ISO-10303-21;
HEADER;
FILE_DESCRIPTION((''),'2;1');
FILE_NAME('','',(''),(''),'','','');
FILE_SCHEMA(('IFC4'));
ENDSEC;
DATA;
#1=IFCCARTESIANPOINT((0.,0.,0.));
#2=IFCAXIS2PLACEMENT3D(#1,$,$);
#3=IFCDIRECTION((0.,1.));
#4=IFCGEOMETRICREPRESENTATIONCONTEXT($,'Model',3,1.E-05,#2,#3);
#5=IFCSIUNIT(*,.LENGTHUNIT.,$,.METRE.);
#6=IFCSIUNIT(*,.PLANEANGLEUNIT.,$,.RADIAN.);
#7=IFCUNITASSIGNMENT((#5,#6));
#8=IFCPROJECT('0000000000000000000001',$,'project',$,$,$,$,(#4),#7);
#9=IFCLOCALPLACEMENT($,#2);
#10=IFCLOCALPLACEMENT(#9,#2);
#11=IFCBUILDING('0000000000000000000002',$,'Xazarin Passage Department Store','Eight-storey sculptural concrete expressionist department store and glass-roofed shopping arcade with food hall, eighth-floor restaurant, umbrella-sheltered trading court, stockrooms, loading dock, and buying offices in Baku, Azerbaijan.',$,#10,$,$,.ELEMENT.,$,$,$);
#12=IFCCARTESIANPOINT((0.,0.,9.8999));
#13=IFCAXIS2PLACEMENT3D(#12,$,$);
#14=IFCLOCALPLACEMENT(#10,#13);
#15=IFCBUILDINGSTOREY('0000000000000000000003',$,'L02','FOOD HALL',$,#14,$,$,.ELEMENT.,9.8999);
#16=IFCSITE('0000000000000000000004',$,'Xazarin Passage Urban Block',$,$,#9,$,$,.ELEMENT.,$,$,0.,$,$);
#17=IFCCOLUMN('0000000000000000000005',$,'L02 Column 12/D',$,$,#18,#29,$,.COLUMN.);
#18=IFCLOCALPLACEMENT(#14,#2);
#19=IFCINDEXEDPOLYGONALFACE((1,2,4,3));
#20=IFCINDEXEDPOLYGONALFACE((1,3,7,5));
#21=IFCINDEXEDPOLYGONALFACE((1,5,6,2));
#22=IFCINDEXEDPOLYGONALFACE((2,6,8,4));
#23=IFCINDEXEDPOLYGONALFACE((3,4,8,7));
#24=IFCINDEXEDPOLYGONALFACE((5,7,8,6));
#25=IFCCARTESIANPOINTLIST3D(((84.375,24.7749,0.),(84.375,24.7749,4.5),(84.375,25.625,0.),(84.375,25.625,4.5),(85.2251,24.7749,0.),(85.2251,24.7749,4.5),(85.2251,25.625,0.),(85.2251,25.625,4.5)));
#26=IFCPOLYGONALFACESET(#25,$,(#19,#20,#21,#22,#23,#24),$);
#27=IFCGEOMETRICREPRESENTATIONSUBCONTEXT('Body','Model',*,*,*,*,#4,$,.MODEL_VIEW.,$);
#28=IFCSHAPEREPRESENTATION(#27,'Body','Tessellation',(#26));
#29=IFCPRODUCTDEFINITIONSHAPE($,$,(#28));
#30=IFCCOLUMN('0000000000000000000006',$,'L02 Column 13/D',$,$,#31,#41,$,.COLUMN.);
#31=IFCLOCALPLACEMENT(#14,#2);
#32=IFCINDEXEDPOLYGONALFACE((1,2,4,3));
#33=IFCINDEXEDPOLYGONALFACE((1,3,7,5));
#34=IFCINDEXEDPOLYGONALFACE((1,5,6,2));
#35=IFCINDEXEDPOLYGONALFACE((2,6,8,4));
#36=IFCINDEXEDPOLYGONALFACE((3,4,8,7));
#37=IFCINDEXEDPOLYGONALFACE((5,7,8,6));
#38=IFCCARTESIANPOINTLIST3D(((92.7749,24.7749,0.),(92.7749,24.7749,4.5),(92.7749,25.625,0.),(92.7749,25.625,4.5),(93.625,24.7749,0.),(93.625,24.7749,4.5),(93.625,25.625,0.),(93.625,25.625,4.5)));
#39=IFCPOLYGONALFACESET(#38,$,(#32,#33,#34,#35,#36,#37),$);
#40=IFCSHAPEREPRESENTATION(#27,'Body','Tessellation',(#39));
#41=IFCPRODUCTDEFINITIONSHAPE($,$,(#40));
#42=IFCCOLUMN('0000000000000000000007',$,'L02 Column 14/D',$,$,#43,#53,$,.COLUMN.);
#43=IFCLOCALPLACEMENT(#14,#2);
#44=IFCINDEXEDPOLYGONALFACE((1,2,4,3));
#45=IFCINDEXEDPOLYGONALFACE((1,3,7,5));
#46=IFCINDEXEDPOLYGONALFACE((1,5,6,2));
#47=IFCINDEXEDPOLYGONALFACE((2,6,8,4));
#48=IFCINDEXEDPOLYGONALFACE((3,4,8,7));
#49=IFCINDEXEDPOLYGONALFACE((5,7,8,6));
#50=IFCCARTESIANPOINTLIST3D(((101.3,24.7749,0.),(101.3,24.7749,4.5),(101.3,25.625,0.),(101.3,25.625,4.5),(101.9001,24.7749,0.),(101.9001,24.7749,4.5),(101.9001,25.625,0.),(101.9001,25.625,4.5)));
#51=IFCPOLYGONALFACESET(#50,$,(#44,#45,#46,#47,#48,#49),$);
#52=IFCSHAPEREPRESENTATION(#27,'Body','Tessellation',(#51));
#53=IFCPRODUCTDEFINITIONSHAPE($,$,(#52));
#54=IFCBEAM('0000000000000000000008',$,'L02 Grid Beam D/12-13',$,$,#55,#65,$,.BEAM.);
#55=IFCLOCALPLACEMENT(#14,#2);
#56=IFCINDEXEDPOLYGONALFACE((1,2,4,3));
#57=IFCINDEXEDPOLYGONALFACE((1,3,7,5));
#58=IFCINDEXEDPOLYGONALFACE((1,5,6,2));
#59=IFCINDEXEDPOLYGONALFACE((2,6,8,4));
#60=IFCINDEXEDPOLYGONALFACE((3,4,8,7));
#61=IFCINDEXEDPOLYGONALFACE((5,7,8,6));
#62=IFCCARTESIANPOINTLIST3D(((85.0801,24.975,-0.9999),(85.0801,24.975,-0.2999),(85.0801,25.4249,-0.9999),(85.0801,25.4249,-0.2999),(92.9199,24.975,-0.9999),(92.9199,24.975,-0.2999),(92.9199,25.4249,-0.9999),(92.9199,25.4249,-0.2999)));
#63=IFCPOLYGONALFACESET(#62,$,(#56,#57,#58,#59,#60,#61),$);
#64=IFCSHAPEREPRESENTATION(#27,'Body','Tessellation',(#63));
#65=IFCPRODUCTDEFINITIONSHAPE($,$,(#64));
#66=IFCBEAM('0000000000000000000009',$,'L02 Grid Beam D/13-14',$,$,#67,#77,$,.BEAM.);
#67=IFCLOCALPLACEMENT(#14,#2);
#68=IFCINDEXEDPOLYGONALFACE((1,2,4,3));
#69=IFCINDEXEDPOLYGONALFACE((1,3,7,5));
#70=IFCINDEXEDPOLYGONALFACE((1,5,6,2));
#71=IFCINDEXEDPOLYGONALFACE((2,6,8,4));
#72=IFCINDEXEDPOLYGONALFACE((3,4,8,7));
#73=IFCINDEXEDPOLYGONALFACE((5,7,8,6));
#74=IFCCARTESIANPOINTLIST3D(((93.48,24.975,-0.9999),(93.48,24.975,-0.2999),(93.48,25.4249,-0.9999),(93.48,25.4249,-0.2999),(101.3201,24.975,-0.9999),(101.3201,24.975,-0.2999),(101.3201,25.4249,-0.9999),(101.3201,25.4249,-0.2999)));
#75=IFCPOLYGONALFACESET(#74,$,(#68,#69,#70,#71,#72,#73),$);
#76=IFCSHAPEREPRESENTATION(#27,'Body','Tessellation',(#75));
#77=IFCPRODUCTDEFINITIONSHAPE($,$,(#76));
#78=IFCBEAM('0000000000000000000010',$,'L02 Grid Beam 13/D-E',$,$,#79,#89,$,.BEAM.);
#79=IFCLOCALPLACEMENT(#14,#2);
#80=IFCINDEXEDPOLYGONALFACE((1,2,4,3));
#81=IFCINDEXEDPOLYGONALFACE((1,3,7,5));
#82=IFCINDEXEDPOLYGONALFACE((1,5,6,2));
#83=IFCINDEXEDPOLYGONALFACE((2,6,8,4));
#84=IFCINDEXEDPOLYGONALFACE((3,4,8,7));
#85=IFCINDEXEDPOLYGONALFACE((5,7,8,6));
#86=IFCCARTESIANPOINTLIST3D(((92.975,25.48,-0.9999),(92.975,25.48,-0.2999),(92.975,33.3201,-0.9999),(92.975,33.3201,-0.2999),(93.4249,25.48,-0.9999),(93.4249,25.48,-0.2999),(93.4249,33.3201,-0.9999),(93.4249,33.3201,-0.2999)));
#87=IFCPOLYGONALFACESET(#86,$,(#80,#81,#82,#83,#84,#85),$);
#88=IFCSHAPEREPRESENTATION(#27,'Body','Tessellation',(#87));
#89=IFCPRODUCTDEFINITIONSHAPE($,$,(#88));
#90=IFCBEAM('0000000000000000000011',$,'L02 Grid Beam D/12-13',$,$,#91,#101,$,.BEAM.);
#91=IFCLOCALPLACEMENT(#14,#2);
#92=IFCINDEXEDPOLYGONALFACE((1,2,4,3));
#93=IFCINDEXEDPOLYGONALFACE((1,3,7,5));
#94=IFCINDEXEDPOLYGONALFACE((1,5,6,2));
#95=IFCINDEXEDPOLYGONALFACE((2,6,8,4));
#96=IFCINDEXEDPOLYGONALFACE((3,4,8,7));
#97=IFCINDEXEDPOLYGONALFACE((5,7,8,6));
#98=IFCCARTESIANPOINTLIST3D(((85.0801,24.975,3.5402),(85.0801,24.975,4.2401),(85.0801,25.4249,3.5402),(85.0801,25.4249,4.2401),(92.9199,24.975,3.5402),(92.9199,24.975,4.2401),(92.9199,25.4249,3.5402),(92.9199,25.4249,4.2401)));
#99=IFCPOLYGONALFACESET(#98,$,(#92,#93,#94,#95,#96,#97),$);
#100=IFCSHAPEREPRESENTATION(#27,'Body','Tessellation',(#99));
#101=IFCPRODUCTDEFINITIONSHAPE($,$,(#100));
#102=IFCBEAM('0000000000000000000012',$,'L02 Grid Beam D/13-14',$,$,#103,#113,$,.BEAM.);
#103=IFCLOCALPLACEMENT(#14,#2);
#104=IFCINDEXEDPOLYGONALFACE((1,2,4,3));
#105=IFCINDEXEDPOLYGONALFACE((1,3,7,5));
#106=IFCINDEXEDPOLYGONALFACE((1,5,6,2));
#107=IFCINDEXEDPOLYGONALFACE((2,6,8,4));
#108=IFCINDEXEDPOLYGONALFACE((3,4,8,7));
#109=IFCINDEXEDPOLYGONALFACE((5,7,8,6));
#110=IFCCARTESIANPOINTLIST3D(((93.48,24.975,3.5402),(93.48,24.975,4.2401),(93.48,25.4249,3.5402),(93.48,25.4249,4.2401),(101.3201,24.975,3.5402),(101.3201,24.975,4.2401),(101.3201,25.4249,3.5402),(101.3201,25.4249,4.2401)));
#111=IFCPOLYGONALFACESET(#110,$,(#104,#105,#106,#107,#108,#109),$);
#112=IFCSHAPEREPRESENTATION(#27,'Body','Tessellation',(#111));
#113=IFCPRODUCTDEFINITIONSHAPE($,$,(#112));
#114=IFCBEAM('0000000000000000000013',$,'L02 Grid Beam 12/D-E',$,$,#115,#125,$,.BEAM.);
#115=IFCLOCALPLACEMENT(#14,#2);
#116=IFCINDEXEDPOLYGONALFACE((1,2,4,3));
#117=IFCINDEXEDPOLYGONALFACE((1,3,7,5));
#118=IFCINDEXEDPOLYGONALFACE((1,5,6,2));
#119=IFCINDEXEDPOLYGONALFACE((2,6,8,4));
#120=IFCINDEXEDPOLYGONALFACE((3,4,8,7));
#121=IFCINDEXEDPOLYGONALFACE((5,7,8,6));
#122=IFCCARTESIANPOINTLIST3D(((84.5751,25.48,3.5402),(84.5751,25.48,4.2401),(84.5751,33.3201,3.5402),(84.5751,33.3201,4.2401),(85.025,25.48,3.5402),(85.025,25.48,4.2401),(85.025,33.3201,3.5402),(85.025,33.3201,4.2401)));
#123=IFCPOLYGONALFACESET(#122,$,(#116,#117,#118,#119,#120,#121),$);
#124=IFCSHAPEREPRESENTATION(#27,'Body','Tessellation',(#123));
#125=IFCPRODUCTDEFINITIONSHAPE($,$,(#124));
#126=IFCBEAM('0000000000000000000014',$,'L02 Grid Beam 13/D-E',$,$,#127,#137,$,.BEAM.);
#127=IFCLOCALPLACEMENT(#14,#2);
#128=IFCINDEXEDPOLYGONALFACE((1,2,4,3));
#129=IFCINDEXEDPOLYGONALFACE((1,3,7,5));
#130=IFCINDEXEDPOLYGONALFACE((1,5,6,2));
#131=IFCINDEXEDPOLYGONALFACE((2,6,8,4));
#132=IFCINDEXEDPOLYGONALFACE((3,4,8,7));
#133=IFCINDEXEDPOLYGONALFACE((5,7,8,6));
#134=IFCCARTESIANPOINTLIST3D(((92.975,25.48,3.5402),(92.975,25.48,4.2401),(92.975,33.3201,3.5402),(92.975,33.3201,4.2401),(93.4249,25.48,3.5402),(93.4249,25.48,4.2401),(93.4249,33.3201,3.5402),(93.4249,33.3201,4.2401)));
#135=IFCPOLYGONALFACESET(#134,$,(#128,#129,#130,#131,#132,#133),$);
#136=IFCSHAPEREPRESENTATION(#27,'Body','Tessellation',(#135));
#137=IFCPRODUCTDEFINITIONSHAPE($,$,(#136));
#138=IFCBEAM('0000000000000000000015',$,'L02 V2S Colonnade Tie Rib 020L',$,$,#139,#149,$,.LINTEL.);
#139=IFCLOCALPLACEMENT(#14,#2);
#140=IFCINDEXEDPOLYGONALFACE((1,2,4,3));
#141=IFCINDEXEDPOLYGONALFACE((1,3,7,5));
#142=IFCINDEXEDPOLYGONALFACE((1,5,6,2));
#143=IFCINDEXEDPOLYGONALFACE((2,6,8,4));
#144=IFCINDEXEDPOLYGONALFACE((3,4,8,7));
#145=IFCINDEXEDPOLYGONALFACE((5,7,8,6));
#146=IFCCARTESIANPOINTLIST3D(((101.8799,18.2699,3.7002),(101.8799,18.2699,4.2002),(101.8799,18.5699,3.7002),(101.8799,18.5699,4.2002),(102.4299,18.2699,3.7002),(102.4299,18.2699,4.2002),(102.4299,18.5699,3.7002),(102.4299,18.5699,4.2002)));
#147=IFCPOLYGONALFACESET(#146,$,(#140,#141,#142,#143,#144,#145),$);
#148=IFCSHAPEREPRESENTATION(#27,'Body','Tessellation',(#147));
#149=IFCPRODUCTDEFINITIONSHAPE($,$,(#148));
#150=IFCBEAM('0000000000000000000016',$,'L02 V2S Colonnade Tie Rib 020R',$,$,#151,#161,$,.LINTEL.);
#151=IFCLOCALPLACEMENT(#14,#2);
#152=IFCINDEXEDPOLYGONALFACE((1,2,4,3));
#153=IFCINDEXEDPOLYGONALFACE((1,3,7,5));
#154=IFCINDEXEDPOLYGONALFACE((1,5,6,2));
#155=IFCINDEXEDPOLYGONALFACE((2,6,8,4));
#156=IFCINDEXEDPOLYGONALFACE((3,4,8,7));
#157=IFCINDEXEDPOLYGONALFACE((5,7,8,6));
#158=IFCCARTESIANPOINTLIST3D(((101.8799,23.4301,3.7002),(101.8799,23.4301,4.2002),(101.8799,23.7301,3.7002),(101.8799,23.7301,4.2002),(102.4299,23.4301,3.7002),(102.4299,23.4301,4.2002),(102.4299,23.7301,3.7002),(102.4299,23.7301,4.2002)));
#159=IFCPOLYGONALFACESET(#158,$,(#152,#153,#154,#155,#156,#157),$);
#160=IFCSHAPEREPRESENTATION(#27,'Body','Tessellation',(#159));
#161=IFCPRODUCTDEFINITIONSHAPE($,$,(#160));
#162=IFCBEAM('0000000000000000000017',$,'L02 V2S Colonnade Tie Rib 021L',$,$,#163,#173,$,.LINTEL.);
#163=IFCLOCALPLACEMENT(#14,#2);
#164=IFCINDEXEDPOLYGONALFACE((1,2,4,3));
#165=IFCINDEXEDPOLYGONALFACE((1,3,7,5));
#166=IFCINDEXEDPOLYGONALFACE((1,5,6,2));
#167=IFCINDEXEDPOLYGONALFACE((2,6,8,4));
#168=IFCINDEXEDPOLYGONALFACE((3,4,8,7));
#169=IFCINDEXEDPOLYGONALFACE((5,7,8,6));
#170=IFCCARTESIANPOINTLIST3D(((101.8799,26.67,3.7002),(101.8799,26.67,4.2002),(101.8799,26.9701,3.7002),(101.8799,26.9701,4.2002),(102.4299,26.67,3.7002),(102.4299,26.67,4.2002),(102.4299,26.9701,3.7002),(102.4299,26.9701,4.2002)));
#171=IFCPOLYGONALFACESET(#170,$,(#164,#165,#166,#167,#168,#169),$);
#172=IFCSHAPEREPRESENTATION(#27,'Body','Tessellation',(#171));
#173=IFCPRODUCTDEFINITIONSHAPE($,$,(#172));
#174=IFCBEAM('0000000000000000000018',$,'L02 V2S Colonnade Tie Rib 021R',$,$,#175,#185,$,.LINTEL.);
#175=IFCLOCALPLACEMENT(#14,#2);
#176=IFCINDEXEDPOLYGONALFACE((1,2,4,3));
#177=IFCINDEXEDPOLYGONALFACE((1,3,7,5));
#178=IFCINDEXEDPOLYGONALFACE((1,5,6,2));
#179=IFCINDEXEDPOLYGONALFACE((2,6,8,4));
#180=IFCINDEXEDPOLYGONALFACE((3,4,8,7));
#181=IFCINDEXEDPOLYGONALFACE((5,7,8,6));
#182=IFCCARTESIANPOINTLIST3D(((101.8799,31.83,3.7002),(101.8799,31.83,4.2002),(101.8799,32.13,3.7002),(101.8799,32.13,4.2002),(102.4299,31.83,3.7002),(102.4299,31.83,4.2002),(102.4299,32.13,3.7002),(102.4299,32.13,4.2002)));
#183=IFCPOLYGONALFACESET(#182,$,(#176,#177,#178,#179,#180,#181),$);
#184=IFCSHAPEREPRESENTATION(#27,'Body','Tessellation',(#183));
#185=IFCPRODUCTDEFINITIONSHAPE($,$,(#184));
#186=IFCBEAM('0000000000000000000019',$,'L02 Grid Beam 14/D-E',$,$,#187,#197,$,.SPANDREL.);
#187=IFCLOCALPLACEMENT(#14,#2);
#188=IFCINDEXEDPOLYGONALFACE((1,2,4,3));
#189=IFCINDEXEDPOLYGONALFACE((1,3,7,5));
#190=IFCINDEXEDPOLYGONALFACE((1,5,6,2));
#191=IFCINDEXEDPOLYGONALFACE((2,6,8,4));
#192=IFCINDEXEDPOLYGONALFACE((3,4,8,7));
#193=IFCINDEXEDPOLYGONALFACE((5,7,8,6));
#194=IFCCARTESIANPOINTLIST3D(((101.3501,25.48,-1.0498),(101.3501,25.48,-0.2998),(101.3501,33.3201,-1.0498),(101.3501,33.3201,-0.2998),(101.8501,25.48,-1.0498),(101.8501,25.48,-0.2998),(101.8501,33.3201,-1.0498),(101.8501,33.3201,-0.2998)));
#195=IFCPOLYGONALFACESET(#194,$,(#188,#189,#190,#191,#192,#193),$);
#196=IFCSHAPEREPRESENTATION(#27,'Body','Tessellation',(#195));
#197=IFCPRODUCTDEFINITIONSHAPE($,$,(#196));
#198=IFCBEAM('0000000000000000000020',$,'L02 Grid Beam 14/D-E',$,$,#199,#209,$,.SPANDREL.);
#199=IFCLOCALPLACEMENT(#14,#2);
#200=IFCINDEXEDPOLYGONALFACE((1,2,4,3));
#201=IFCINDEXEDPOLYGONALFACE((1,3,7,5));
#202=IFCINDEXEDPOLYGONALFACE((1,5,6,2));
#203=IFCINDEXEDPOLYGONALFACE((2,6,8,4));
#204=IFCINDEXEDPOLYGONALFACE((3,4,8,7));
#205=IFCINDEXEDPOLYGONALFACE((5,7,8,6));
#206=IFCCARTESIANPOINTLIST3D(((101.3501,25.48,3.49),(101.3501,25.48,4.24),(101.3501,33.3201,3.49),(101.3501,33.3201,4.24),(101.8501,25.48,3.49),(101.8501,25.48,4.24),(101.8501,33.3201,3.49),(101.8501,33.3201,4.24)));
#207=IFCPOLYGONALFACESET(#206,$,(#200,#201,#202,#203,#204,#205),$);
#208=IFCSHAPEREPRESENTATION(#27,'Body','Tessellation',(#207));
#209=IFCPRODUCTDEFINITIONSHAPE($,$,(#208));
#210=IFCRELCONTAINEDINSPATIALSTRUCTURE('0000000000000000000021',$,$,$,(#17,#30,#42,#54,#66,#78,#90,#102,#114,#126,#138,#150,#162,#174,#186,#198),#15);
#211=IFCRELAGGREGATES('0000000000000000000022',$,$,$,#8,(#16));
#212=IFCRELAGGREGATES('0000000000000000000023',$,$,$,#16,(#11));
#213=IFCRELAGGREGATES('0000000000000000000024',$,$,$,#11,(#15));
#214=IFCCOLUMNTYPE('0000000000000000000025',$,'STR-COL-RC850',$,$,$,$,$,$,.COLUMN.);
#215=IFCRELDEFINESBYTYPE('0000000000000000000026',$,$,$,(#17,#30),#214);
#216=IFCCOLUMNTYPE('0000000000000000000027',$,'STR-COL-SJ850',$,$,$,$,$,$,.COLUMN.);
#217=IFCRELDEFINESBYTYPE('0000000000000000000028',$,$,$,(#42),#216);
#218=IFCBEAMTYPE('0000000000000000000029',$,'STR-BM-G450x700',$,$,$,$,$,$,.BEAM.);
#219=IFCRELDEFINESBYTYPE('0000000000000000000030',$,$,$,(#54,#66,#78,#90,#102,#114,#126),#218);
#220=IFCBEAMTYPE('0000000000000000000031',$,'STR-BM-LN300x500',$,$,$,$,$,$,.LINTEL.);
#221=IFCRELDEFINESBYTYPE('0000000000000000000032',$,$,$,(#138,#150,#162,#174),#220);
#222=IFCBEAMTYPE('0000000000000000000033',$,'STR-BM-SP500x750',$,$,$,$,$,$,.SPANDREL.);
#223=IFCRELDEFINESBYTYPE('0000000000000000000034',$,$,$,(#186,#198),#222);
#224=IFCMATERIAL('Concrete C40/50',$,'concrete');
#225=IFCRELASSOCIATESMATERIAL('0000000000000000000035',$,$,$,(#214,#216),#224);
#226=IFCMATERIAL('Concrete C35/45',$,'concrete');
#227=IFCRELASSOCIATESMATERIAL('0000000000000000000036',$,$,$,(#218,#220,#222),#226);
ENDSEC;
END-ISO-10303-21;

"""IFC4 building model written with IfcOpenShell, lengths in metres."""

from ifc_helpers import new_model, si_unit, direction, frame, origin, origin_2d, place, context, subcontext, project, spatial, rectangle, extrude, material, material_profile, profile_set, type_object, element, save


model = new_model("IFC4")

# Units and contexts
model_context = context("Model", 3, precision=1e-05, world=origin(), true_north=direction((0.0, 1.0)))
body_context = subcontext(model_context, "Body", "Model", "MODEL_VIEW")
ifc_project = project(units=[si_unit("LENGTHUNIT", "METRE"), si_unit("PLANEANGLEUNIT", "RADIAN")], contexts=[model_context])

# Site, building, storey
site_placement = place(None, origin())
site = spatial("IfcSite", under=ifc_project, at=site_placement, Name="Xazarin Passage Urban Block", CompositionType="ELEMENT", RefElevation=0.0)
building_placement = place(site_placement, origin())
building = spatial("IfcBuilding", under=site, at=building_placement, Name="Xazarin Passage Department Store", Description="Eight-storey sculptural concrete expressionist department store and glass-roofed shopping arcade with food hall, eighth-floor restaurant, umbrella-sheltered trading court, stockrooms, loading dock, and buying offices in Baku, Azerbaijan.", CompositionType="ELEMENT")
storey_placement = place(building_placement, frame((0.0, 0.0, 9.8999)))
storey = spatial("IfcBuildingStorey", under=building, at=storey_placement, Name="L02", Description="FOOD HALL", CompositionType="ELEMENT", Elevation=9.8999)

# Columns
ifc_material_1 = material(Name="Concrete C40/50", Category="concrete")
ifc_material_profile_1 = material_profile(ifc_material_1, rectangle(XDim=0.8501, YDim=0.8501, at=origin_2d()), Name="RC 850x850")
ifc_profile_set_1 = profile_set([ifc_material_profile_1], Name="Concrete C40/50")
column_type_1 = type_object("IfcColumnType", Name="STR-COL-RC850", PredefinedType="COLUMN", material=ifc_profile_set_1)
for number, where, z_axis, x_axis, name in (
    (1, (84.8, 25.2, 0.0), (0.0, 0.0, 1.0), (1.0, 0.0, 0.0), "L02 Column 12/D"),
    (2, (93.2, 25.2, 0.0), (0.0, 0.0, 1.0), (1.0, 0.0, 0.0), "L02 Column 13/D"),
):
    element("IfcColumn", number, at=place(storey_placement, frame(where, z_axis=z_axis, x_axis=x_axis)), inside=storey, type_object=column_type_1, Name=name, PredefinedType="COLUMN", context=body_context, shape_type="SweptSolid", body=[
        extrude(rectangle(XDim=0.8501, YDim=0.8501, at=origin_2d()), origin(), (0.0, 0.0, 1.0), 4.5),
    ])
ifc_material_profile_2 = material_profile(ifc_material_1, rectangle(XDim=0.6001, YDim=0.8501, at=origin_2d()), Name="RC 600x850")
ifc_profile_set_2 = profile_set([ifc_material_profile_2], Name="Concrete C40/50")
column_type_2 = type_object("IfcColumnType", Name="STR-COL-SJ850", PredefinedType="COLUMN", material=ifc_profile_set_2)
column_placement = place(storey_placement, frame((101.6001, 25.2, 0.0), z_axis=(0.0, 0.0, 1.0), x_axis=(1.0, 0.0, 0.0)))
element("IfcColumn", 3, at=column_placement, inside=storey, type_object=column_type_2, Name="L02 Column 14/D", PredefinedType="COLUMN", context=body_context, shape_type="SweptSolid", body=[
    extrude(rectangle(XDim=0.6001, YDim=0.8501, at=origin_2d()), origin(), (0.0, 0.0, 1.0), 4.5),
])

# Beams
ifc_material_2 = material(Name="Concrete C35/45", Category="concrete")
ifc_material_profile_3 = material_profile(ifc_material_2, rectangle(XDim=0.45, YDim=0.7, at=origin_2d()), Name="RC 450x700")
ifc_profile_set_3 = profile_set([ifc_material_profile_3], Name="Concrete C35/45")
beam_type_1 = type_object("IfcBeamType", Name="STR-BM-G450x700", PredefinedType="BEAM", material=ifc_profile_set_3)
beam_1_placement = place(storey_placement, frame((85.0801, 25.2, -0.6499), z_axis=(1.0, 0.0, 0.0), x_axis=(0.0, 1.0, 0.0)))
element("IfcBeam", 4, at=beam_1_placement, inside=storey, type_object=beam_type_1, Name="L02 Grid Beam D/12-13", PredefinedType="BEAM", context=body_context, shape_type="SweptSolid", body=[
    extrude(rectangle(XDim=0.45, YDim=0.7, at=origin_2d()), origin(), (0.0, 0.0, 1.0), 7.8398),
])
for number, where, z_axis, x_axis, name in (
    (5, (93.48, 25.2, -0.6499), (1.0, 0.0, 0.0), (0.0, 1.0, 0.0), "L02 Grid Beam D/13-14"),
    (6, (93.2, 25.48, -0.6499), (0.0, 1.0, 0.0), (-1.0, 0.0, 0.0), "L02 Grid Beam 13/D-E"),
):
    element("IfcBeam", number, at=place(storey_placement, frame(where, z_axis=z_axis, x_axis=x_axis)), inside=storey, type_object=beam_type_1, Name=name, PredefinedType="BEAM", context=body_context, shape_type="SweptSolid", body=[
        extrude(rectangle(XDim=0.45, YDim=0.7, at=origin_2d()), origin(), (0.0, 0.0, 1.0), 7.8401),
    ])
beam_2_placement = place(storey_placement, frame((85.0801, 25.2, 3.8901), z_axis=(1.0, 0.0, 0.0), x_axis=(0.0, 1.0, 0.0)))
element("IfcBeam", 7, at=beam_2_placement, inside=storey, type_object=beam_type_1, Name="L02 Grid Beam D/12-13", PredefinedType="BEAM", context=body_context, shape_type="SweptSolid", body=[
    extrude(rectangle(XDim=0.45, YDim=0.7, at=origin_2d()), origin(), (0.0, 0.0, 1.0), 7.8398),
])
for number, where, z_axis, x_axis, name in (
    (8, (93.48, 25.2, 3.8901), (1.0, 0.0, 0.0), (0.0, 1.0, 0.0), "L02 Grid Beam D/13-14"),
    (9, (84.8, 25.48, 3.8901), (0.0, 1.0, 0.0), (-1.0, 0.0, 0.0), "L02 Grid Beam 12/D-E"),
    (10, (93.2, 25.48, 3.8901), (0.0, 1.0, 0.0), (-1.0, 0.0, 0.0), "L02 Grid Beam 13/D-E"),
):
    element("IfcBeam", number, at=place(storey_placement, frame(where, z_axis=z_axis, x_axis=x_axis)), inside=storey, type_object=beam_type_1, Name=name, PredefinedType="BEAM", context=body_context, shape_type="SweptSolid", body=[
        extrude(rectangle(XDim=0.45, YDim=0.7, at=origin_2d()), origin(), (0.0, 0.0, 1.0), 7.8401),
    ])
ifc_material_profile_4 = material_profile(ifc_material_2, rectangle(XDim=0.3, YDim=0.5, at=origin_2d()), Name="RC 300x500")
ifc_profile_set_4 = profile_set([ifc_material_profile_4], Name="Concrete C35/45")
beam_type_2 = type_object("IfcBeamType", Name="STR-BM-LN300x500", PredefinedType="LINTEL", material=ifc_profile_set_4)
for number, where, z_axis, x_axis, name in (
    (11, (101.8799, 18.4199, 3.9502), (1.0, 0.0, 0.0), (0.0, 1.0, 0.0), "L02 V2S Colonnade Tie Rib 020L"),
    (12, (101.8799, 23.5801, 3.9502), (1.0, 0.0, 0.0), (0.0, 1.0, 0.0), "L02 V2S Colonnade Tie Rib 020R"),
    (13, (101.8799, 26.8201, 3.9502), (1.0, 0.0, 0.0), (0.0, 1.0, 0.0), "L02 V2S Colonnade Tie Rib 021L"),
    (14, (101.8799, 31.98, 3.9502), (1.0, 0.0, 0.0), (0.0, 1.0, 0.0), "L02 V2S Colonnade Tie Rib 021R"),
):
    element("IfcBeam", number, at=place(storey_placement, frame(where, z_axis=z_axis, x_axis=x_axis)), inside=storey, type_object=beam_type_2, Name=name, PredefinedType="LINTEL", context=body_context, shape_type="SweptSolid", body=[
        extrude(rectangle(XDim=0.3, YDim=0.5, at=origin_2d()), origin(), (0.0, 0.0, 1.0), 0.55),
    ])
ifc_material_profile_5 = material_profile(ifc_material_2, rectangle(XDim=0.5, YDim=0.75, at=origin_2d()), Name="RC 500x750")
ifc_profile_set_5 = profile_set([ifc_material_profile_5], Name="Concrete C35/45")
beam_type_3 = type_object("IfcBeamType", Name="STR-BM-SP500x750", PredefinedType="SPANDREL", material=ifc_profile_set_5)
for number, where, z_axis, x_axis, name in (
    (15, (101.6001, 25.48, -0.6748), (0.0, 1.0, 0.0), (-1.0, 0.0, 0.0), "L02 Grid Beam 14/D-E"),
    (16, (101.6001, 25.48, 3.865), (0.0, 1.0, 0.0), (-1.0, 0.0, 0.0), "L02 Grid Beam 14/D-E"),
):
    element("IfcBeam", number, at=place(storey_placement, frame(where, z_axis=z_axis, x_axis=x_axis)), inside=storey, type_object=beam_type_3, Name=name, PredefinedType="SPANDREL", context=body_context, shape_type="SweptSolid", body=[
        extrude(rectangle(XDim=0.5, YDim=0.75, at=origin_2d()), origin(), (0.0, 0.0, 1.0), 7.8401),
    ])

save(model, "model.ifc")
